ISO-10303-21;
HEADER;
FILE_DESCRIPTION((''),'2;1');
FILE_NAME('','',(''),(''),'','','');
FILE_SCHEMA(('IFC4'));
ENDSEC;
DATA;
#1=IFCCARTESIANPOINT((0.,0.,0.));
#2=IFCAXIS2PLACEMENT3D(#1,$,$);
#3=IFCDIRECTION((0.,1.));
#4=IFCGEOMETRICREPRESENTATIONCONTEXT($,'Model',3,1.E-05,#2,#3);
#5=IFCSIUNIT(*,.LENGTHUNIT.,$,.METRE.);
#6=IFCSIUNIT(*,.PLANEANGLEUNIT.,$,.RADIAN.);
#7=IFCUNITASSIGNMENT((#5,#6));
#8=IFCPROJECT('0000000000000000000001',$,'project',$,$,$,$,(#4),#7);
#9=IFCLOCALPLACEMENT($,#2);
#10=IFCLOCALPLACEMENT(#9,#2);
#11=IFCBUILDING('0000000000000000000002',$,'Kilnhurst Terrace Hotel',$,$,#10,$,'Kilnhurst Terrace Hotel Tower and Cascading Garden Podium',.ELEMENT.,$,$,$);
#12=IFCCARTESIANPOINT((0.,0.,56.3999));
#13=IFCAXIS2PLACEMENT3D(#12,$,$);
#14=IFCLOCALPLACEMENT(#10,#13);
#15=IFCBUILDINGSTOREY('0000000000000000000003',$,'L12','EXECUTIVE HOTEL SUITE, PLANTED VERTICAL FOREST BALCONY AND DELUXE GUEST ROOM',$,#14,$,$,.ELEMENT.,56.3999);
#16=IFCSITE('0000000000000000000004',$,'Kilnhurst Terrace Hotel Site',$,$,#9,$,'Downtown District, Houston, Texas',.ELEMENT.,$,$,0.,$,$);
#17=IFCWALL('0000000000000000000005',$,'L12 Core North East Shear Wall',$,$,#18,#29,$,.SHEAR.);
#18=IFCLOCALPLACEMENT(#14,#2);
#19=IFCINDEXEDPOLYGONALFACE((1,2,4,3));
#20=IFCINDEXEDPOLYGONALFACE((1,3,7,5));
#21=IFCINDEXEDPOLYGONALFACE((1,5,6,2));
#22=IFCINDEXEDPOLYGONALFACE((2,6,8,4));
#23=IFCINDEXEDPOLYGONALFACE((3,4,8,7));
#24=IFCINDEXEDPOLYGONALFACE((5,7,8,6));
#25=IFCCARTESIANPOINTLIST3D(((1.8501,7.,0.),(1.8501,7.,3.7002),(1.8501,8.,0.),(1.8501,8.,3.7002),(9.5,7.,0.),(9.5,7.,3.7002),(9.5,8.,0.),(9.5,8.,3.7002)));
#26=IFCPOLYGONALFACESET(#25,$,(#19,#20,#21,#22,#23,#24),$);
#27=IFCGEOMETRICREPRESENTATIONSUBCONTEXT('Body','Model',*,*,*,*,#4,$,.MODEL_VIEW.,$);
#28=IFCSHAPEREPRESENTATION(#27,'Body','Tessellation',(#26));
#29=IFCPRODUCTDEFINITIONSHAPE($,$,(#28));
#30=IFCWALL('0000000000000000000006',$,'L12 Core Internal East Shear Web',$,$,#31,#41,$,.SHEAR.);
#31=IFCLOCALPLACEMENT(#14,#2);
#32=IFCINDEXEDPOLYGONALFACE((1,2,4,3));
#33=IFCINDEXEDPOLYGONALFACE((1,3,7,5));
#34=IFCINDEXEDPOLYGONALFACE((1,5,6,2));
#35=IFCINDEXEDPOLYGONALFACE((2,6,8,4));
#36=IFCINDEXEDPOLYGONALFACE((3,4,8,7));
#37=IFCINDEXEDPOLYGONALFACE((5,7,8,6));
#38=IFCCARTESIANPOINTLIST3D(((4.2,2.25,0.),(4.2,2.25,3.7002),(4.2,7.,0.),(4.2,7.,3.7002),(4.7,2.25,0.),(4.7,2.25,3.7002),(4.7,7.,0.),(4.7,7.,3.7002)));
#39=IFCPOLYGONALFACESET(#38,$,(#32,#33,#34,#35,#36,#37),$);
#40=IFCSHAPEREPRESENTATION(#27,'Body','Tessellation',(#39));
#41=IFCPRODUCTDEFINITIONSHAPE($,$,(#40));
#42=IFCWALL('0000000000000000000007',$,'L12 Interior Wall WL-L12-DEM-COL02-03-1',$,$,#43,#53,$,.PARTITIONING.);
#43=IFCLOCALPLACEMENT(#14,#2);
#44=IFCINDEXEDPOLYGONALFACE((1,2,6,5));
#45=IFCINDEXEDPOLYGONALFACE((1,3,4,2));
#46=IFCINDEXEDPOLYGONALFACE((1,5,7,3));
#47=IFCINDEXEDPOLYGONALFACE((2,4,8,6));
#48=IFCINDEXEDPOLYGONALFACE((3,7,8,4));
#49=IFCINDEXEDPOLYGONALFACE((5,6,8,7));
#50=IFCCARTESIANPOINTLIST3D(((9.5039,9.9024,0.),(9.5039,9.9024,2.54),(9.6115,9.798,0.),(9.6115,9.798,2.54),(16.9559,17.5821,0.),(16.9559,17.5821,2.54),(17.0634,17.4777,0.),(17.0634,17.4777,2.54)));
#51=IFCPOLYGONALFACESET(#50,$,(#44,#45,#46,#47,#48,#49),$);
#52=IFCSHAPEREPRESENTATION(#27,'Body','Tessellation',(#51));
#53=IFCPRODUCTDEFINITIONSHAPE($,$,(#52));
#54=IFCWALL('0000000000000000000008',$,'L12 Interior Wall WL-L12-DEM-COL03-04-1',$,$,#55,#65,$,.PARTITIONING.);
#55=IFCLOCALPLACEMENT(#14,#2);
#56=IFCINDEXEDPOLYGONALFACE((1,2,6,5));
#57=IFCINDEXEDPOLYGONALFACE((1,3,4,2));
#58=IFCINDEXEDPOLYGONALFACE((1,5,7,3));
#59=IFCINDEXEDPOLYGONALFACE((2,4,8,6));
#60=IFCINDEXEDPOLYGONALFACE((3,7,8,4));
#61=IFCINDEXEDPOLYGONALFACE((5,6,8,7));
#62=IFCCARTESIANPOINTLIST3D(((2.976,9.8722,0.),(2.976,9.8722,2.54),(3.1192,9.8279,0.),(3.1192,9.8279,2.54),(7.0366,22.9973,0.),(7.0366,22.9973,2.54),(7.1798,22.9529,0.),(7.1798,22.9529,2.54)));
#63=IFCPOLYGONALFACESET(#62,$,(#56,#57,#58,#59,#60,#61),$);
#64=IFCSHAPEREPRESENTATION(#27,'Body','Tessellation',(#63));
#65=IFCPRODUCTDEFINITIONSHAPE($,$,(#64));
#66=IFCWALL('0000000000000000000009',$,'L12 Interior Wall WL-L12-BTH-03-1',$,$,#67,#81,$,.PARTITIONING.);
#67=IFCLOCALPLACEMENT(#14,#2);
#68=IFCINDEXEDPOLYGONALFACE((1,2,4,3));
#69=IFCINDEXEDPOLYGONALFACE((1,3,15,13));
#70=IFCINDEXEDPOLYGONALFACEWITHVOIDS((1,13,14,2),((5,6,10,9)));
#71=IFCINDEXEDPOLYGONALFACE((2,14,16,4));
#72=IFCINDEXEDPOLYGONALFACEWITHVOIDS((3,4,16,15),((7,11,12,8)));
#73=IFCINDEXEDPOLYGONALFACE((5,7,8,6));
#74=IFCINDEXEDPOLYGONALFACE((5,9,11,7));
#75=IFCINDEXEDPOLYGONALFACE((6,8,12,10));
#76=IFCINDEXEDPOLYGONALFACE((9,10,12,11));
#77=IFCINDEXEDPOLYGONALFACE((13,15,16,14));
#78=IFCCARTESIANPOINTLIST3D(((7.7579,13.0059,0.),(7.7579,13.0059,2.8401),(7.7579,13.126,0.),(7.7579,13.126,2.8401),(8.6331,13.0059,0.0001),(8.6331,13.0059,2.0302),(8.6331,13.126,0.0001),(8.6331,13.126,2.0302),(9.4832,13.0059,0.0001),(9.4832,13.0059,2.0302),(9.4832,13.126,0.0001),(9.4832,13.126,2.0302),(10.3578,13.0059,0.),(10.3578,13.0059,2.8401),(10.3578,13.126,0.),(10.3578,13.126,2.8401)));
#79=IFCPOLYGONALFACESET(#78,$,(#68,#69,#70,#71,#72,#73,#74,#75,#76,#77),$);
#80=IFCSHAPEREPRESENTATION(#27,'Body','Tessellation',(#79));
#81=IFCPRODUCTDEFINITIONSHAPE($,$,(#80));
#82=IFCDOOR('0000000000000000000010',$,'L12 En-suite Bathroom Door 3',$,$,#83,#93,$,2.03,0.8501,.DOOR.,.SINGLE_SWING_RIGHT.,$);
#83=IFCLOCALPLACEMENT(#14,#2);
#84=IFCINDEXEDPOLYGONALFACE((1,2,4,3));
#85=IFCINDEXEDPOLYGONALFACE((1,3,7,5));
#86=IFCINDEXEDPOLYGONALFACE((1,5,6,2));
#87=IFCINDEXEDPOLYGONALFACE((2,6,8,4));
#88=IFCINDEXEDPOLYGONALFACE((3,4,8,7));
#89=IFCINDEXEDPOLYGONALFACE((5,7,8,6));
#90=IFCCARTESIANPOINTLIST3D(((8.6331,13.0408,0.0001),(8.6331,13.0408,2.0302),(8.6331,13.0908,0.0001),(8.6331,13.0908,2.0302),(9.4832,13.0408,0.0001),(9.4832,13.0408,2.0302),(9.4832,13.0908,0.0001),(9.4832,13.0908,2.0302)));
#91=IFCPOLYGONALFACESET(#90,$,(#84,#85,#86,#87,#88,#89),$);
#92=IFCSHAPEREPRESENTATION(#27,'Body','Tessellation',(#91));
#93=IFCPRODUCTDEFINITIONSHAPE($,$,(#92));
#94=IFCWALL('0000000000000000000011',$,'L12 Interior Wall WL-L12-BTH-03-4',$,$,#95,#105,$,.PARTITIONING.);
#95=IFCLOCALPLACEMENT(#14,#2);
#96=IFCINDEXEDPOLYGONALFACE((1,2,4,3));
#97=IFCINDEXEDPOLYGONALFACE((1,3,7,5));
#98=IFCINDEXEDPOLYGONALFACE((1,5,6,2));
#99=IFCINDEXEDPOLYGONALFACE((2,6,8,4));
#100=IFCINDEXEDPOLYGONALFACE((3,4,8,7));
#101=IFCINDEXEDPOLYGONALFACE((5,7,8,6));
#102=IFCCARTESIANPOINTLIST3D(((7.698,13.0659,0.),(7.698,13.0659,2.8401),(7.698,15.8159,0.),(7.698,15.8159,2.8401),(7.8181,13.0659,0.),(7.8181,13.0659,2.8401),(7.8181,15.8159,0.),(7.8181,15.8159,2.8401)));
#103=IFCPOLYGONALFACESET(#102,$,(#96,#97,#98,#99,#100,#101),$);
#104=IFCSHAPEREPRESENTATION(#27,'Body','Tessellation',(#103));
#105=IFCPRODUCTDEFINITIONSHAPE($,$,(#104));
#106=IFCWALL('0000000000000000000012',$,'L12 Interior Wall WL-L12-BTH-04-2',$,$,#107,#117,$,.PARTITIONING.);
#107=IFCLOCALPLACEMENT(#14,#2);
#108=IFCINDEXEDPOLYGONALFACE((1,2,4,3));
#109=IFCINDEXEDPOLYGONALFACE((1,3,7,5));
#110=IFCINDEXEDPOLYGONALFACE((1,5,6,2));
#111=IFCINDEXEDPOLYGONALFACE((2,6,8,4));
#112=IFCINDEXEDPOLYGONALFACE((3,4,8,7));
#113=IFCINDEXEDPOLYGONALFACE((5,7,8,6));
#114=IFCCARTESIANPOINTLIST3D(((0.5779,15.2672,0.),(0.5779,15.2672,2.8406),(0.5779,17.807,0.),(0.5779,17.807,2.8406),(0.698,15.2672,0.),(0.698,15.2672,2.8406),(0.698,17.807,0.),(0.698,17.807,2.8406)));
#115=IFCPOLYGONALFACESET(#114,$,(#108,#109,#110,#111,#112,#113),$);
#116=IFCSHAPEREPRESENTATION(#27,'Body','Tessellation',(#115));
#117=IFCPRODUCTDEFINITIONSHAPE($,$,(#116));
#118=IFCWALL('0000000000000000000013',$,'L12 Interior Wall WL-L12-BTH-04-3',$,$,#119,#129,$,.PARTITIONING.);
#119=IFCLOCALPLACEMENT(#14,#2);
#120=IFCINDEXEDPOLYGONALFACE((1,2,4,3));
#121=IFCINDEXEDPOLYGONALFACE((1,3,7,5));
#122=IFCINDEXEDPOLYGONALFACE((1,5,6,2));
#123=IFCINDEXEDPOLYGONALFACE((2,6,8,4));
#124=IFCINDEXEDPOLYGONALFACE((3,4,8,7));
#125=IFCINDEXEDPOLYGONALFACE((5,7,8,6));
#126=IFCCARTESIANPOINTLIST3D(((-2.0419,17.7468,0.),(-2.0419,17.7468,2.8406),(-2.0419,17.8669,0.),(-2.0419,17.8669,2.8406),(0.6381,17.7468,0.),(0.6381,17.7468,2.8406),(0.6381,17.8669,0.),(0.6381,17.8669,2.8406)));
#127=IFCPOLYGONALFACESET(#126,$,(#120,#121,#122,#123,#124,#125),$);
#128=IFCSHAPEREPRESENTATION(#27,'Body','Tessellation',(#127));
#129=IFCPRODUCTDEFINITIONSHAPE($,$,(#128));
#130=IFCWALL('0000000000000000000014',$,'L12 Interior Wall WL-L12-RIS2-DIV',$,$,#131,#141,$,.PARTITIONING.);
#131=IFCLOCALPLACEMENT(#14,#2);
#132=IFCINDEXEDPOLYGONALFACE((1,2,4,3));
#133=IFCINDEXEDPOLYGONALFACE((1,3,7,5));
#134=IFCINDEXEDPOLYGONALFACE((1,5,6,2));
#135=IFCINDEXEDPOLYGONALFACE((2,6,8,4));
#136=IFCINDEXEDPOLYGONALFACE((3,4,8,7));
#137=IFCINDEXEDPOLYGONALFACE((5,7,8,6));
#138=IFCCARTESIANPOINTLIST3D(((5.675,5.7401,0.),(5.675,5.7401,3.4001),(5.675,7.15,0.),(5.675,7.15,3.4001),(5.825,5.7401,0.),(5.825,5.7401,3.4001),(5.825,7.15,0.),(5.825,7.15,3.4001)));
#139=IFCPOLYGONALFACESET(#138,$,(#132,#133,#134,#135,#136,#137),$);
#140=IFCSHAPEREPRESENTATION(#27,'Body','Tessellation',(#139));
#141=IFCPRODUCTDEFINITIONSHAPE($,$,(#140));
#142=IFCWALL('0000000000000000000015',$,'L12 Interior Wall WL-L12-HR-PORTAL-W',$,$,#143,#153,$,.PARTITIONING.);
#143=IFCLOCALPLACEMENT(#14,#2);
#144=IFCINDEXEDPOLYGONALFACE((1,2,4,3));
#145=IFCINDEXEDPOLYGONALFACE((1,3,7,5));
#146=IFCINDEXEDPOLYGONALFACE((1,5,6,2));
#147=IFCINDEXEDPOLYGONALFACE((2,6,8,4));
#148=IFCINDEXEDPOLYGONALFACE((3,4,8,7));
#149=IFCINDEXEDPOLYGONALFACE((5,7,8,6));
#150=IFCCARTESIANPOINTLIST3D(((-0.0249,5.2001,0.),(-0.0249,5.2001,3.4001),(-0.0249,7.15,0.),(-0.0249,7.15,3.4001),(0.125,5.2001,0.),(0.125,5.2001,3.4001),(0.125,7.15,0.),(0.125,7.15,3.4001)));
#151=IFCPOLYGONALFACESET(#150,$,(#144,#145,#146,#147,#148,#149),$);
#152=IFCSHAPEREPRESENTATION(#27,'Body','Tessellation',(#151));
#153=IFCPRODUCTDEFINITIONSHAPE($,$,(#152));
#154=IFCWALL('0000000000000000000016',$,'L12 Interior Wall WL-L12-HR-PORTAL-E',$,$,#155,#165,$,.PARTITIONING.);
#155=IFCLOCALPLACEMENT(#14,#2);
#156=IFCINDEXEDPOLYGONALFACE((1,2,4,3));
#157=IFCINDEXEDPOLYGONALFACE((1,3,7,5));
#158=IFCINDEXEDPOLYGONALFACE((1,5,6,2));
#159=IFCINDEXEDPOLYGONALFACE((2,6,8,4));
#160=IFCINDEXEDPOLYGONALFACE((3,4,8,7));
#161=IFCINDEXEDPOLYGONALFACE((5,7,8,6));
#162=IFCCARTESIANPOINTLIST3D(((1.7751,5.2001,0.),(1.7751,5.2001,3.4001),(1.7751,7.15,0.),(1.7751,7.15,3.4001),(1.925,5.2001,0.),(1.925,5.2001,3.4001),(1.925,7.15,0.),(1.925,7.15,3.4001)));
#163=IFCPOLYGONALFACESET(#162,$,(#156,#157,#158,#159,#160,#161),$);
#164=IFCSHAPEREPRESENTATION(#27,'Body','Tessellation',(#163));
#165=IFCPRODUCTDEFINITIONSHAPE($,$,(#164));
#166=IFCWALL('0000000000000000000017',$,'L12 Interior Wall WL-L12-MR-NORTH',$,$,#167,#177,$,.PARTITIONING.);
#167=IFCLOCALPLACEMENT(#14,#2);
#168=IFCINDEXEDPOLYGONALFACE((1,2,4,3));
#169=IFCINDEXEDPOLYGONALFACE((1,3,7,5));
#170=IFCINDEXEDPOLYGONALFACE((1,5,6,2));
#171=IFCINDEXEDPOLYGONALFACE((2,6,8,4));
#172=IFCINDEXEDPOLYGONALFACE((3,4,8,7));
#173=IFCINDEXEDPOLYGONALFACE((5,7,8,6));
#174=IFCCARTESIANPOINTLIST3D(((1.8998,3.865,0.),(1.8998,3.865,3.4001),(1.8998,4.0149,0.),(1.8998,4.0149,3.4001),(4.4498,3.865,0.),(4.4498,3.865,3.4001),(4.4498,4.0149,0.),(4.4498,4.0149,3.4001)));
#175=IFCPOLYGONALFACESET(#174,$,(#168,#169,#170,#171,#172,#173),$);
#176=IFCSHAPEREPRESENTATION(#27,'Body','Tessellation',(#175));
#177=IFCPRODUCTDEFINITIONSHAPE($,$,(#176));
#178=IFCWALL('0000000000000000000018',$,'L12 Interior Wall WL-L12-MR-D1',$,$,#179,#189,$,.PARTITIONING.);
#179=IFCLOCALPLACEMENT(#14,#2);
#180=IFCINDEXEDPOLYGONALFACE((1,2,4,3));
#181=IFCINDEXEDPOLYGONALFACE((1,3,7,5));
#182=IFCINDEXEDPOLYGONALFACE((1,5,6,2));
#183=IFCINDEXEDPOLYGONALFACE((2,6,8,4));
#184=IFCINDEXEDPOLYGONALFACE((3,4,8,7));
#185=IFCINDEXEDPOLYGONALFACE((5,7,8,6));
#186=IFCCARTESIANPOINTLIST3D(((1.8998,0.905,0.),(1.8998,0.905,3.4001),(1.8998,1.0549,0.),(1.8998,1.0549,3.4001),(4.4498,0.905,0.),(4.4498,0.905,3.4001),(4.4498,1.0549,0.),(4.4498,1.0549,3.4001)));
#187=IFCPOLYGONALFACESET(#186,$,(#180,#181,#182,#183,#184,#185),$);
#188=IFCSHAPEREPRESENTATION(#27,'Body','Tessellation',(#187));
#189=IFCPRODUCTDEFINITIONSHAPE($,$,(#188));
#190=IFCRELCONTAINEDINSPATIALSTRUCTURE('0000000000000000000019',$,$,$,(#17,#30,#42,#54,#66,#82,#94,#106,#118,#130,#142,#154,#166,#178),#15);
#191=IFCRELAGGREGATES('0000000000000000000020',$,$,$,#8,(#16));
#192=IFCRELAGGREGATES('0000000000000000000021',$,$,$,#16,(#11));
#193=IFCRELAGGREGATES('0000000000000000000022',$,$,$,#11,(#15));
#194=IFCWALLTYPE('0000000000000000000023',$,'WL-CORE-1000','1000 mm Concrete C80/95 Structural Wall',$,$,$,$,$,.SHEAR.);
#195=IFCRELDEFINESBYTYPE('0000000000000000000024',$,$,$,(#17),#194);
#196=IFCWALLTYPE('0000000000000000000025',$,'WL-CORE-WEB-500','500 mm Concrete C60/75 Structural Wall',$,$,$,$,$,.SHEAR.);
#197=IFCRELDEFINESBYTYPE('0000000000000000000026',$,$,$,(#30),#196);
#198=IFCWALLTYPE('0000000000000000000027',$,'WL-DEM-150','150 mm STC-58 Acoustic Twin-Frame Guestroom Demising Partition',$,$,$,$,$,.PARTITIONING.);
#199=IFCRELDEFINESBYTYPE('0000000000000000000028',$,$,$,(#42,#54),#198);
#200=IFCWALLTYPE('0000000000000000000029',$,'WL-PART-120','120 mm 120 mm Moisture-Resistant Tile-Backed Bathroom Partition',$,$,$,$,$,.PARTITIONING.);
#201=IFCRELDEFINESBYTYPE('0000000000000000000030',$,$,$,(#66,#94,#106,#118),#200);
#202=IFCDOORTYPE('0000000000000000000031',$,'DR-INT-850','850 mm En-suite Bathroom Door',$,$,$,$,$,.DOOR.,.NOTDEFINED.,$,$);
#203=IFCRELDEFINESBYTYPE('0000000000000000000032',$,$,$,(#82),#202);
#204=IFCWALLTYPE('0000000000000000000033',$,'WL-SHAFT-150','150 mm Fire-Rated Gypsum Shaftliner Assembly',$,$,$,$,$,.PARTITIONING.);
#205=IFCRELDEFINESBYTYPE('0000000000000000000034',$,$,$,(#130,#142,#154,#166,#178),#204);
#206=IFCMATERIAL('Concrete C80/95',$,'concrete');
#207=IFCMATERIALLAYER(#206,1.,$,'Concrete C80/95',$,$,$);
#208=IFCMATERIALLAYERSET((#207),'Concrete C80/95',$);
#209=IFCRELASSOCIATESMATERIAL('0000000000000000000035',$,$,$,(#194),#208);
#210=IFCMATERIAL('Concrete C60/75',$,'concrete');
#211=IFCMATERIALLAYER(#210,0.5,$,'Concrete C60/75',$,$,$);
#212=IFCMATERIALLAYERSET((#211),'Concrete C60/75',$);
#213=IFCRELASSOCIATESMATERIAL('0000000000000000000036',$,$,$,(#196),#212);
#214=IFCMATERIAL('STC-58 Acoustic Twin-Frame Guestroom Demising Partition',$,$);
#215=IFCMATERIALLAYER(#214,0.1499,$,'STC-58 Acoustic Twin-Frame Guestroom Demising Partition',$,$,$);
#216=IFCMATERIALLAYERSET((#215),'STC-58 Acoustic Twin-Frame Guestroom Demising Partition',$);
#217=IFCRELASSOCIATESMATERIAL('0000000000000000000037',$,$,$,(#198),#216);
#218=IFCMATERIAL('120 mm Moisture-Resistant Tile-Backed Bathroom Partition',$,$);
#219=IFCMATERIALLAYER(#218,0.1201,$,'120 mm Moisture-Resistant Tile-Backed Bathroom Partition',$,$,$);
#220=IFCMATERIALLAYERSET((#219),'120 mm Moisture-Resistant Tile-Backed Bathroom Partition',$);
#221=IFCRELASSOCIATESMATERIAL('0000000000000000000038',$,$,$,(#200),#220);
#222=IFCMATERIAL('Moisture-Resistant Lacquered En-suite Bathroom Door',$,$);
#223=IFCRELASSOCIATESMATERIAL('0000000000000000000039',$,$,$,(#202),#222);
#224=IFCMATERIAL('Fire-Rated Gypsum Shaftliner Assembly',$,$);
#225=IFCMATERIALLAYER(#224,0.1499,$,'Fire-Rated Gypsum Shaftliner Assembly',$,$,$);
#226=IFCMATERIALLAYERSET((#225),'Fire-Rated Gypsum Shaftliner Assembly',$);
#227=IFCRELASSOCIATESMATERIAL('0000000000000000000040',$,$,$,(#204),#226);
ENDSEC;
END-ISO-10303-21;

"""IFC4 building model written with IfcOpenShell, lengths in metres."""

from ifc_helpers import new_model, si_unit, direction, frame, frame_2d, origin, place, context, subcontext, project, spatial, rectangle, extrude, material, layer, layer_set, type_object, element, fill, save


model = new_model("IFC4")

# Units and contexts
model_context = context("Model", 3, precision=1e-05, world=origin(), true_north=direction((0.0, 1.0)))
body_context = subcontext(model_context, "Body", "Model", "MODEL_VIEW")
ifc_project = project(units=[si_unit("LENGTHUNIT", "METRE"), si_unit("PLANEANGLEUNIT", "RADIAN")], contexts=[model_context])

# Site, building, storey
site_placement = place(None, origin())
site = spatial("IfcSite", under=ifc_project, at=site_placement, Name="Kilnhurst Terrace Hotel Site", LongName="Downtown District, Houston, Texas", CompositionType="ELEMENT", RefElevation=0.0)
building_placement = place(site_placement, origin())
building = spatial("IfcBuilding", under=site, at=building_placement, Name="Kilnhurst Terrace Hotel", LongName="Kilnhurst Terrace Hotel Tower and Cascading Garden Podium", CompositionType="ELEMENT")
storey_placement = place(building_placement, frame((0.0, 0.0, 56.3999)))
storey = spatial("IfcBuildingStorey", under=building, at=storey_placement, Name="L12", Description="EXECUTIVE HOTEL SUITE, PLANTED VERTICAL FOREST BALCONY AND DELUXE GUEST ROOM", CompositionType="ELEMENT", Elevation=56.3999)

# Shared definitions
ifc_material_1 = material(Name="Concrete C80/95", Category="concrete")

# Walls
ifc_layer_1 = layer(ifc_material_1, 1.0, Name="Concrete C80/95")
ifc_layer_set_1 = layer_set([ifc_layer_1], Name="Concrete C80/95")
wall_type_1 = type_object("IfcWallType", Name="WL-CORE-1000", Description="1000 mm Concrete C80/95 Structural Wall", PredefinedType="SHEAR", material=ifc_layer_set_1)
wall_1_placement = place(storey_placement, frame((1.8501, 7.5, 0.0), z_axis=(0.0, 0.0, 1.0), x_axis=(1.0, 0.0, 0.0)))
element("IfcWall", 1, at=wall_1_placement, inside=storey, type_object=wall_type_1, Name="L12 Core North East Shear Wall", PredefinedType="SHEAR", context=body_context, shape_type="SweptSolid", body=[
    extrude(rectangle(XDim=7.6499, YDim=1.0, at=frame_2d((3.825, 0.0))), origin(), (0.0, 0.0, 1.0), 3.7002),
])
ifc_material_2 = material(Name="Concrete C60/75", Category="concrete")
ifc_layer_2 = layer(ifc_material_2, 0.5, Name="Concrete C60/75")
ifc_layer_set_2 = layer_set([ifc_layer_2], Name="Concrete C60/75")
wall_type_2 = type_object("IfcWallType", Name="WL-CORE-WEB-500", Description="500 mm Concrete C60/75 Structural Wall", PredefinedType="SHEAR", material=ifc_layer_set_2)
wall_2_placement = place(storey_placement, frame((4.45, 2.25, 0.0), z_axis=(0.0, 0.0, 1.0), x_axis=(0.0, 1.0, 0.0)))
element("IfcWall", 2, at=wall_2_placement, inside=storey, type_object=wall_type_2, Name="L12 Core Internal East Shear Web", PredefinedType="SHEAR", context=body_context, shape_type="SweptSolid", body=[
    extrude(rectangle(XDim=4.75, YDim=0.5, at=frame_2d((2.375, 0.0))), origin(), (0.0, 0.0, 1.0), 3.7002),
])
ifc_material_3 = material(Name="STC-58 Acoustic Twin-Frame Guestroom Demising Partition")
ifc_layer_3 = layer(ifc_material_3, 0.1499, Name="STC-58 Acoustic Twin-Frame Guestroom Demising Partition")
ifc_layer_set_3 = layer_set([ifc_layer_3], Name="STC-58 Acoustic Twin-Frame Guestroom Demising Partition")
wall_type_3 = type_object("IfcWallType", Name="WL-DEM-150", Description="150 mm STC-58 Acoustic Twin-Frame Guestroom Demising Partition", PredefinedType="PARTITIONING", material=ifc_layer_set_3)
wall_3_placement = place(storey_placement, frame((9.5576, 9.8501, 0.0), z_axis=(0.0, 0.0, 1.0), x_axis=(0.696383, 0.71767, 0.0)))
element("IfcWall", 3, at=wall_3_placement, inside=storey, type_object=wall_type_3, Name="L12 Interior Wall WL-L12-DEM-COL02-03-1", PredefinedType="PARTITIONING", context=body_context, shape_type="SweptSolid", body=[
    extrude(rectangle(XDim=10.7009, YDim=0.1499, at=frame_2d((5.3506, 0.0))), origin(), (0.0, 0.0, 1.0), 2.54),
])
wall_4_placement = place(storey_placement, frame((3.0476, 9.8501, 0.0), z_axis=(0.0, 0.0, 1.0), x_axis=(0.295554, 0.955326, 0.0)))
element("IfcWall", 4, at=wall_4_placement, inside=storey, type_object=wall_type_3, Name="L12 Interior Wall WL-L12-DEM-COL03-04-1", PredefinedType="PARTITIONING", context=body_context, shape_type="SweptSolid", body=[
    extrude(rectangle(XDim=13.7388, YDim=0.1499, at=frame_2d((6.8694, 0.0))), origin(), (0.0, 0.0, 1.0), 2.54),
])

# Wall, opening, door
ifc_material_4 = material(Name="120 mm Moisture-Resistant Tile-Backed Bathroom Partition")
ifc_layer_4 = layer(ifc_material_4, 0.1201, Name="120 mm Moisture-Resistant Tile-Backed Bathroom Partition")
ifc_layer_set_4 = layer_set([ifc_layer_4], Name="120 mm Moisture-Resistant Tile-Backed Bathroom Partition")
wall_type_4 = type_object("IfcWallType", Name="WL-PART-120", Description="120 mm 120 mm Moisture-Resistant Tile-Backed Bathroom Partition", PredefinedType="PARTITIONING", material=ifc_layer_set_4)
wall_5_placement = place(storey_placement, frame((7.7581, 13.0659, 0.0), z_axis=(0.0, 0.0, 1.0), x_axis=(1.0, 0.0, 0.0)))
wall_5 = element("IfcWall", 5, at=wall_5_placement, inside=storey, type_object=wall_type_4, Name="L12 Interior Wall WL-L12-BTH-03-1", PredefinedType="PARTITIONING", context=body_context, shape_type="SweptSolid", body=[
    extrude(rectangle(XDim=2.5999, YDim=0.1201, at=frame_2d((1.2998, 0.0))), origin(), (0.0, 0.0, 1.0), 2.8401),
])
opening_1_placement = place(wall_5_placement, frame((0.875, 0.0, 0.0)))
opening_1 = element("IfcOpeningElement", 6, at=opening_1_placement, cuts=wall_5, PredefinedType="OPENING", context=body_context, shape_type="SweptSolid", body=[
    extrude(rectangle(XDim=0.8501, YDim=2.03, at=frame_2d((0.425, 1.0151))), frame((0.0, 0.0701, 0.0), z_axis=(0.0, -1.0, 0.0), x_axis=(1.0, 0.0, 0.0)), (0.0, 0.0, 1.0), 0.1401),
])
ifc_material_5 = material(Name="Moisture-Resistant Lacquered En-suite Bathroom Door")
door_type_1 = type_object("IfcDoorType", Name="DR-INT-850", Description="850 mm En-suite Bathroom Door", OperationType="NOTDEFINED", PredefinedType="DOOR", material=ifc_material_5)
door_1_placement = place(opening_1_placement, origin())
door_1 = element("IfcDoor", 7, at=door_1_placement, inside=storey, type_object=door_type_1, Name="L12 En-suite Bathroom Door 3", OperationType="SINGLE_SWING_RIGHT", OverallHeight=2.03, OverallWidth=0.8501, PredefinedType="DOOR", context=body_context, shape_type="SweptSolid", body=[
    extrude(rectangle(XDim=0.8501, YDim=2.03, at=frame_2d((0.425, 1.0151))), frame((0.0, 0.0249, 0.0), z_axis=(0.0, -1.0, 0.0), x_axis=(1.0, 0.0, 0.0)), (0.0, 0.0, 1.0), 0.05),
])
fill(opening_1, door_1)

# Walls
wall_6_placement = place(storey_placement, frame((7.7581, 15.8159, 0.0), z_axis=(0.0, 0.0, 1.0), x_axis=(0.0, -1.0, 0.0)))
element("IfcWall", 8, at=wall_6_placement, inside=storey, type_object=wall_type_4, Name="L12 Interior Wall WL-L12-BTH-03-4", PredefinedType="PARTITIONING", context=body_context, shape_type="SweptSolid", body=[
    extrude(rectangle(XDim=2.75, YDim=0.1201, at=frame_2d((1.375, 0.0))), origin(), (0.0, 0.0, 1.0), 2.8401),
])
wall_7_placement = place(storey_placement, frame((0.6379, 15.2671, 0.0), z_axis=(0.0, 0.0, 1.0), x_axis=(0.0, 1.0, 0.0)))
element("IfcWall", 9, at=wall_7_placement, inside=storey, type_object=wall_type_4, Name="L12 Interior Wall WL-L12-BTH-04-2", PredefinedType="PARTITIONING", context=body_context, shape_type="SweptSolid", body=[
    extrude(rectangle(XDim=2.5398, YDim=0.1201, at=frame_2d((1.27, 0.0))), origin(), (0.0, 0.0, 1.0), 2.8406),
])
wall_8_placement = place(storey_placement, frame((0.6379, 17.8069, 0.0), z_axis=(0.0, 0.0, 1.0), x_axis=(-1.0, 0.0, 0.0)))
element("IfcWall", 10, at=wall_8_placement, inside=storey, type_object=wall_type_4, Name="L12 Interior Wall WL-L12-BTH-04-3", PredefinedType="PARTITIONING", context=body_context, shape_type="SweptSolid", body=[
    extrude(rectangle(XDim=2.6799, YDim=0.1201, at=frame_2d((1.3398, 0.0))), origin(), (0.0, 0.0, 1.0), 2.8406),
])
ifc_material_6 = material(Name="Fire-Rated Gypsum Shaftliner Assembly")
ifc_layer_5 = layer(ifc_material_6, 0.1499, Name="Fire-Rated Gypsum Shaftliner Assembly")
ifc_layer_set_5 = layer_set([ifc_layer_5], Name="Fire-Rated Gypsum Shaftliner Assembly")
wall_type_5 = type_object("IfcWallType", Name="WL-SHAFT-150", Description="150 mm Fire-Rated Gypsum Shaftliner Assembly", PredefinedType="PARTITIONING", material=ifc_layer_set_5)
wall_9_placement = place(storey_placement, frame((5.75, 5.74, 0.0), z_axis=(0.0, 0.0, 1.0), x_axis=(0.0, 1.0, 0.0)))
element("IfcWall", 11, at=wall_9_placement, inside=storey, type_object=wall_type_5, Name="L12 Interior Wall WL-L12-RIS2-DIV", PredefinedType="PARTITIONING", context=body_context, shape_type="SweptSolid", body=[
    extrude(rectangle(XDim=1.4099, YDim=0.1499, at=frame_2d((0.7051, 0.0))), origin(), (0.0, 0.0, 1.0), 3.4001),
])
for number, where, z_axis, x_axis, name in (
    (12, (0.05, 5.2, 0.0), (0.0, 0.0, 1.0), (0.0, 1.0, 0.0), "L12 Interior Wall WL-L12-HR-PORTAL-W"),
    (13, (1.8501, 5.2, 0.0), (0.0, 0.0, 1.0), (0.0, 1.0, 0.0), "L12 Interior Wall WL-L12-HR-PORTAL-E"),
):
    element("IfcWall", number, at=place(storey_placement, frame(where, z_axis=z_axis, x_axis=x_axis)), inside=storey, type_object=wall_type_5, Name=name, PredefinedType="PARTITIONING", context=body_context, shape_type="SweptSolid", body=[
        extrude(rectangle(XDim=1.95, YDim=0.1499, at=frame_2d((0.9751, 0.0))), origin(), (0.0, 0.0, 1.0), 3.4001),
    ])
for number, where, z_axis, x_axis, name in (
    (14, (1.8999, 3.9399, 0.0), (0.0, 0.0, 1.0), (1.0, 0.0, 0.0), "L12 Interior Wall WL-L12-MR-NORTH"),
    (15, (1.8999, 0.98, 0.0), (0.0, 0.0, 1.0), (1.0, 0.0, 0.0), "L12 Interior Wall WL-L12-MR-D1"),
):
    element("IfcWall", number, at=place(storey_placement, frame(where, z_axis=z_axis, x_axis=x_axis)), inside=storey, type_object=wall_type_5, Name=name, PredefinedType="PARTITIONING", context=body_context, shape_type="SweptSolid", body=[
        extrude(rectangle(XDim=2.55, YDim=0.1499, at=frame_2d((1.2749, 0.0))), origin(), (0.0, 0.0, 1.0), 3.4001),
    ])

save(model, "model.ifc")
